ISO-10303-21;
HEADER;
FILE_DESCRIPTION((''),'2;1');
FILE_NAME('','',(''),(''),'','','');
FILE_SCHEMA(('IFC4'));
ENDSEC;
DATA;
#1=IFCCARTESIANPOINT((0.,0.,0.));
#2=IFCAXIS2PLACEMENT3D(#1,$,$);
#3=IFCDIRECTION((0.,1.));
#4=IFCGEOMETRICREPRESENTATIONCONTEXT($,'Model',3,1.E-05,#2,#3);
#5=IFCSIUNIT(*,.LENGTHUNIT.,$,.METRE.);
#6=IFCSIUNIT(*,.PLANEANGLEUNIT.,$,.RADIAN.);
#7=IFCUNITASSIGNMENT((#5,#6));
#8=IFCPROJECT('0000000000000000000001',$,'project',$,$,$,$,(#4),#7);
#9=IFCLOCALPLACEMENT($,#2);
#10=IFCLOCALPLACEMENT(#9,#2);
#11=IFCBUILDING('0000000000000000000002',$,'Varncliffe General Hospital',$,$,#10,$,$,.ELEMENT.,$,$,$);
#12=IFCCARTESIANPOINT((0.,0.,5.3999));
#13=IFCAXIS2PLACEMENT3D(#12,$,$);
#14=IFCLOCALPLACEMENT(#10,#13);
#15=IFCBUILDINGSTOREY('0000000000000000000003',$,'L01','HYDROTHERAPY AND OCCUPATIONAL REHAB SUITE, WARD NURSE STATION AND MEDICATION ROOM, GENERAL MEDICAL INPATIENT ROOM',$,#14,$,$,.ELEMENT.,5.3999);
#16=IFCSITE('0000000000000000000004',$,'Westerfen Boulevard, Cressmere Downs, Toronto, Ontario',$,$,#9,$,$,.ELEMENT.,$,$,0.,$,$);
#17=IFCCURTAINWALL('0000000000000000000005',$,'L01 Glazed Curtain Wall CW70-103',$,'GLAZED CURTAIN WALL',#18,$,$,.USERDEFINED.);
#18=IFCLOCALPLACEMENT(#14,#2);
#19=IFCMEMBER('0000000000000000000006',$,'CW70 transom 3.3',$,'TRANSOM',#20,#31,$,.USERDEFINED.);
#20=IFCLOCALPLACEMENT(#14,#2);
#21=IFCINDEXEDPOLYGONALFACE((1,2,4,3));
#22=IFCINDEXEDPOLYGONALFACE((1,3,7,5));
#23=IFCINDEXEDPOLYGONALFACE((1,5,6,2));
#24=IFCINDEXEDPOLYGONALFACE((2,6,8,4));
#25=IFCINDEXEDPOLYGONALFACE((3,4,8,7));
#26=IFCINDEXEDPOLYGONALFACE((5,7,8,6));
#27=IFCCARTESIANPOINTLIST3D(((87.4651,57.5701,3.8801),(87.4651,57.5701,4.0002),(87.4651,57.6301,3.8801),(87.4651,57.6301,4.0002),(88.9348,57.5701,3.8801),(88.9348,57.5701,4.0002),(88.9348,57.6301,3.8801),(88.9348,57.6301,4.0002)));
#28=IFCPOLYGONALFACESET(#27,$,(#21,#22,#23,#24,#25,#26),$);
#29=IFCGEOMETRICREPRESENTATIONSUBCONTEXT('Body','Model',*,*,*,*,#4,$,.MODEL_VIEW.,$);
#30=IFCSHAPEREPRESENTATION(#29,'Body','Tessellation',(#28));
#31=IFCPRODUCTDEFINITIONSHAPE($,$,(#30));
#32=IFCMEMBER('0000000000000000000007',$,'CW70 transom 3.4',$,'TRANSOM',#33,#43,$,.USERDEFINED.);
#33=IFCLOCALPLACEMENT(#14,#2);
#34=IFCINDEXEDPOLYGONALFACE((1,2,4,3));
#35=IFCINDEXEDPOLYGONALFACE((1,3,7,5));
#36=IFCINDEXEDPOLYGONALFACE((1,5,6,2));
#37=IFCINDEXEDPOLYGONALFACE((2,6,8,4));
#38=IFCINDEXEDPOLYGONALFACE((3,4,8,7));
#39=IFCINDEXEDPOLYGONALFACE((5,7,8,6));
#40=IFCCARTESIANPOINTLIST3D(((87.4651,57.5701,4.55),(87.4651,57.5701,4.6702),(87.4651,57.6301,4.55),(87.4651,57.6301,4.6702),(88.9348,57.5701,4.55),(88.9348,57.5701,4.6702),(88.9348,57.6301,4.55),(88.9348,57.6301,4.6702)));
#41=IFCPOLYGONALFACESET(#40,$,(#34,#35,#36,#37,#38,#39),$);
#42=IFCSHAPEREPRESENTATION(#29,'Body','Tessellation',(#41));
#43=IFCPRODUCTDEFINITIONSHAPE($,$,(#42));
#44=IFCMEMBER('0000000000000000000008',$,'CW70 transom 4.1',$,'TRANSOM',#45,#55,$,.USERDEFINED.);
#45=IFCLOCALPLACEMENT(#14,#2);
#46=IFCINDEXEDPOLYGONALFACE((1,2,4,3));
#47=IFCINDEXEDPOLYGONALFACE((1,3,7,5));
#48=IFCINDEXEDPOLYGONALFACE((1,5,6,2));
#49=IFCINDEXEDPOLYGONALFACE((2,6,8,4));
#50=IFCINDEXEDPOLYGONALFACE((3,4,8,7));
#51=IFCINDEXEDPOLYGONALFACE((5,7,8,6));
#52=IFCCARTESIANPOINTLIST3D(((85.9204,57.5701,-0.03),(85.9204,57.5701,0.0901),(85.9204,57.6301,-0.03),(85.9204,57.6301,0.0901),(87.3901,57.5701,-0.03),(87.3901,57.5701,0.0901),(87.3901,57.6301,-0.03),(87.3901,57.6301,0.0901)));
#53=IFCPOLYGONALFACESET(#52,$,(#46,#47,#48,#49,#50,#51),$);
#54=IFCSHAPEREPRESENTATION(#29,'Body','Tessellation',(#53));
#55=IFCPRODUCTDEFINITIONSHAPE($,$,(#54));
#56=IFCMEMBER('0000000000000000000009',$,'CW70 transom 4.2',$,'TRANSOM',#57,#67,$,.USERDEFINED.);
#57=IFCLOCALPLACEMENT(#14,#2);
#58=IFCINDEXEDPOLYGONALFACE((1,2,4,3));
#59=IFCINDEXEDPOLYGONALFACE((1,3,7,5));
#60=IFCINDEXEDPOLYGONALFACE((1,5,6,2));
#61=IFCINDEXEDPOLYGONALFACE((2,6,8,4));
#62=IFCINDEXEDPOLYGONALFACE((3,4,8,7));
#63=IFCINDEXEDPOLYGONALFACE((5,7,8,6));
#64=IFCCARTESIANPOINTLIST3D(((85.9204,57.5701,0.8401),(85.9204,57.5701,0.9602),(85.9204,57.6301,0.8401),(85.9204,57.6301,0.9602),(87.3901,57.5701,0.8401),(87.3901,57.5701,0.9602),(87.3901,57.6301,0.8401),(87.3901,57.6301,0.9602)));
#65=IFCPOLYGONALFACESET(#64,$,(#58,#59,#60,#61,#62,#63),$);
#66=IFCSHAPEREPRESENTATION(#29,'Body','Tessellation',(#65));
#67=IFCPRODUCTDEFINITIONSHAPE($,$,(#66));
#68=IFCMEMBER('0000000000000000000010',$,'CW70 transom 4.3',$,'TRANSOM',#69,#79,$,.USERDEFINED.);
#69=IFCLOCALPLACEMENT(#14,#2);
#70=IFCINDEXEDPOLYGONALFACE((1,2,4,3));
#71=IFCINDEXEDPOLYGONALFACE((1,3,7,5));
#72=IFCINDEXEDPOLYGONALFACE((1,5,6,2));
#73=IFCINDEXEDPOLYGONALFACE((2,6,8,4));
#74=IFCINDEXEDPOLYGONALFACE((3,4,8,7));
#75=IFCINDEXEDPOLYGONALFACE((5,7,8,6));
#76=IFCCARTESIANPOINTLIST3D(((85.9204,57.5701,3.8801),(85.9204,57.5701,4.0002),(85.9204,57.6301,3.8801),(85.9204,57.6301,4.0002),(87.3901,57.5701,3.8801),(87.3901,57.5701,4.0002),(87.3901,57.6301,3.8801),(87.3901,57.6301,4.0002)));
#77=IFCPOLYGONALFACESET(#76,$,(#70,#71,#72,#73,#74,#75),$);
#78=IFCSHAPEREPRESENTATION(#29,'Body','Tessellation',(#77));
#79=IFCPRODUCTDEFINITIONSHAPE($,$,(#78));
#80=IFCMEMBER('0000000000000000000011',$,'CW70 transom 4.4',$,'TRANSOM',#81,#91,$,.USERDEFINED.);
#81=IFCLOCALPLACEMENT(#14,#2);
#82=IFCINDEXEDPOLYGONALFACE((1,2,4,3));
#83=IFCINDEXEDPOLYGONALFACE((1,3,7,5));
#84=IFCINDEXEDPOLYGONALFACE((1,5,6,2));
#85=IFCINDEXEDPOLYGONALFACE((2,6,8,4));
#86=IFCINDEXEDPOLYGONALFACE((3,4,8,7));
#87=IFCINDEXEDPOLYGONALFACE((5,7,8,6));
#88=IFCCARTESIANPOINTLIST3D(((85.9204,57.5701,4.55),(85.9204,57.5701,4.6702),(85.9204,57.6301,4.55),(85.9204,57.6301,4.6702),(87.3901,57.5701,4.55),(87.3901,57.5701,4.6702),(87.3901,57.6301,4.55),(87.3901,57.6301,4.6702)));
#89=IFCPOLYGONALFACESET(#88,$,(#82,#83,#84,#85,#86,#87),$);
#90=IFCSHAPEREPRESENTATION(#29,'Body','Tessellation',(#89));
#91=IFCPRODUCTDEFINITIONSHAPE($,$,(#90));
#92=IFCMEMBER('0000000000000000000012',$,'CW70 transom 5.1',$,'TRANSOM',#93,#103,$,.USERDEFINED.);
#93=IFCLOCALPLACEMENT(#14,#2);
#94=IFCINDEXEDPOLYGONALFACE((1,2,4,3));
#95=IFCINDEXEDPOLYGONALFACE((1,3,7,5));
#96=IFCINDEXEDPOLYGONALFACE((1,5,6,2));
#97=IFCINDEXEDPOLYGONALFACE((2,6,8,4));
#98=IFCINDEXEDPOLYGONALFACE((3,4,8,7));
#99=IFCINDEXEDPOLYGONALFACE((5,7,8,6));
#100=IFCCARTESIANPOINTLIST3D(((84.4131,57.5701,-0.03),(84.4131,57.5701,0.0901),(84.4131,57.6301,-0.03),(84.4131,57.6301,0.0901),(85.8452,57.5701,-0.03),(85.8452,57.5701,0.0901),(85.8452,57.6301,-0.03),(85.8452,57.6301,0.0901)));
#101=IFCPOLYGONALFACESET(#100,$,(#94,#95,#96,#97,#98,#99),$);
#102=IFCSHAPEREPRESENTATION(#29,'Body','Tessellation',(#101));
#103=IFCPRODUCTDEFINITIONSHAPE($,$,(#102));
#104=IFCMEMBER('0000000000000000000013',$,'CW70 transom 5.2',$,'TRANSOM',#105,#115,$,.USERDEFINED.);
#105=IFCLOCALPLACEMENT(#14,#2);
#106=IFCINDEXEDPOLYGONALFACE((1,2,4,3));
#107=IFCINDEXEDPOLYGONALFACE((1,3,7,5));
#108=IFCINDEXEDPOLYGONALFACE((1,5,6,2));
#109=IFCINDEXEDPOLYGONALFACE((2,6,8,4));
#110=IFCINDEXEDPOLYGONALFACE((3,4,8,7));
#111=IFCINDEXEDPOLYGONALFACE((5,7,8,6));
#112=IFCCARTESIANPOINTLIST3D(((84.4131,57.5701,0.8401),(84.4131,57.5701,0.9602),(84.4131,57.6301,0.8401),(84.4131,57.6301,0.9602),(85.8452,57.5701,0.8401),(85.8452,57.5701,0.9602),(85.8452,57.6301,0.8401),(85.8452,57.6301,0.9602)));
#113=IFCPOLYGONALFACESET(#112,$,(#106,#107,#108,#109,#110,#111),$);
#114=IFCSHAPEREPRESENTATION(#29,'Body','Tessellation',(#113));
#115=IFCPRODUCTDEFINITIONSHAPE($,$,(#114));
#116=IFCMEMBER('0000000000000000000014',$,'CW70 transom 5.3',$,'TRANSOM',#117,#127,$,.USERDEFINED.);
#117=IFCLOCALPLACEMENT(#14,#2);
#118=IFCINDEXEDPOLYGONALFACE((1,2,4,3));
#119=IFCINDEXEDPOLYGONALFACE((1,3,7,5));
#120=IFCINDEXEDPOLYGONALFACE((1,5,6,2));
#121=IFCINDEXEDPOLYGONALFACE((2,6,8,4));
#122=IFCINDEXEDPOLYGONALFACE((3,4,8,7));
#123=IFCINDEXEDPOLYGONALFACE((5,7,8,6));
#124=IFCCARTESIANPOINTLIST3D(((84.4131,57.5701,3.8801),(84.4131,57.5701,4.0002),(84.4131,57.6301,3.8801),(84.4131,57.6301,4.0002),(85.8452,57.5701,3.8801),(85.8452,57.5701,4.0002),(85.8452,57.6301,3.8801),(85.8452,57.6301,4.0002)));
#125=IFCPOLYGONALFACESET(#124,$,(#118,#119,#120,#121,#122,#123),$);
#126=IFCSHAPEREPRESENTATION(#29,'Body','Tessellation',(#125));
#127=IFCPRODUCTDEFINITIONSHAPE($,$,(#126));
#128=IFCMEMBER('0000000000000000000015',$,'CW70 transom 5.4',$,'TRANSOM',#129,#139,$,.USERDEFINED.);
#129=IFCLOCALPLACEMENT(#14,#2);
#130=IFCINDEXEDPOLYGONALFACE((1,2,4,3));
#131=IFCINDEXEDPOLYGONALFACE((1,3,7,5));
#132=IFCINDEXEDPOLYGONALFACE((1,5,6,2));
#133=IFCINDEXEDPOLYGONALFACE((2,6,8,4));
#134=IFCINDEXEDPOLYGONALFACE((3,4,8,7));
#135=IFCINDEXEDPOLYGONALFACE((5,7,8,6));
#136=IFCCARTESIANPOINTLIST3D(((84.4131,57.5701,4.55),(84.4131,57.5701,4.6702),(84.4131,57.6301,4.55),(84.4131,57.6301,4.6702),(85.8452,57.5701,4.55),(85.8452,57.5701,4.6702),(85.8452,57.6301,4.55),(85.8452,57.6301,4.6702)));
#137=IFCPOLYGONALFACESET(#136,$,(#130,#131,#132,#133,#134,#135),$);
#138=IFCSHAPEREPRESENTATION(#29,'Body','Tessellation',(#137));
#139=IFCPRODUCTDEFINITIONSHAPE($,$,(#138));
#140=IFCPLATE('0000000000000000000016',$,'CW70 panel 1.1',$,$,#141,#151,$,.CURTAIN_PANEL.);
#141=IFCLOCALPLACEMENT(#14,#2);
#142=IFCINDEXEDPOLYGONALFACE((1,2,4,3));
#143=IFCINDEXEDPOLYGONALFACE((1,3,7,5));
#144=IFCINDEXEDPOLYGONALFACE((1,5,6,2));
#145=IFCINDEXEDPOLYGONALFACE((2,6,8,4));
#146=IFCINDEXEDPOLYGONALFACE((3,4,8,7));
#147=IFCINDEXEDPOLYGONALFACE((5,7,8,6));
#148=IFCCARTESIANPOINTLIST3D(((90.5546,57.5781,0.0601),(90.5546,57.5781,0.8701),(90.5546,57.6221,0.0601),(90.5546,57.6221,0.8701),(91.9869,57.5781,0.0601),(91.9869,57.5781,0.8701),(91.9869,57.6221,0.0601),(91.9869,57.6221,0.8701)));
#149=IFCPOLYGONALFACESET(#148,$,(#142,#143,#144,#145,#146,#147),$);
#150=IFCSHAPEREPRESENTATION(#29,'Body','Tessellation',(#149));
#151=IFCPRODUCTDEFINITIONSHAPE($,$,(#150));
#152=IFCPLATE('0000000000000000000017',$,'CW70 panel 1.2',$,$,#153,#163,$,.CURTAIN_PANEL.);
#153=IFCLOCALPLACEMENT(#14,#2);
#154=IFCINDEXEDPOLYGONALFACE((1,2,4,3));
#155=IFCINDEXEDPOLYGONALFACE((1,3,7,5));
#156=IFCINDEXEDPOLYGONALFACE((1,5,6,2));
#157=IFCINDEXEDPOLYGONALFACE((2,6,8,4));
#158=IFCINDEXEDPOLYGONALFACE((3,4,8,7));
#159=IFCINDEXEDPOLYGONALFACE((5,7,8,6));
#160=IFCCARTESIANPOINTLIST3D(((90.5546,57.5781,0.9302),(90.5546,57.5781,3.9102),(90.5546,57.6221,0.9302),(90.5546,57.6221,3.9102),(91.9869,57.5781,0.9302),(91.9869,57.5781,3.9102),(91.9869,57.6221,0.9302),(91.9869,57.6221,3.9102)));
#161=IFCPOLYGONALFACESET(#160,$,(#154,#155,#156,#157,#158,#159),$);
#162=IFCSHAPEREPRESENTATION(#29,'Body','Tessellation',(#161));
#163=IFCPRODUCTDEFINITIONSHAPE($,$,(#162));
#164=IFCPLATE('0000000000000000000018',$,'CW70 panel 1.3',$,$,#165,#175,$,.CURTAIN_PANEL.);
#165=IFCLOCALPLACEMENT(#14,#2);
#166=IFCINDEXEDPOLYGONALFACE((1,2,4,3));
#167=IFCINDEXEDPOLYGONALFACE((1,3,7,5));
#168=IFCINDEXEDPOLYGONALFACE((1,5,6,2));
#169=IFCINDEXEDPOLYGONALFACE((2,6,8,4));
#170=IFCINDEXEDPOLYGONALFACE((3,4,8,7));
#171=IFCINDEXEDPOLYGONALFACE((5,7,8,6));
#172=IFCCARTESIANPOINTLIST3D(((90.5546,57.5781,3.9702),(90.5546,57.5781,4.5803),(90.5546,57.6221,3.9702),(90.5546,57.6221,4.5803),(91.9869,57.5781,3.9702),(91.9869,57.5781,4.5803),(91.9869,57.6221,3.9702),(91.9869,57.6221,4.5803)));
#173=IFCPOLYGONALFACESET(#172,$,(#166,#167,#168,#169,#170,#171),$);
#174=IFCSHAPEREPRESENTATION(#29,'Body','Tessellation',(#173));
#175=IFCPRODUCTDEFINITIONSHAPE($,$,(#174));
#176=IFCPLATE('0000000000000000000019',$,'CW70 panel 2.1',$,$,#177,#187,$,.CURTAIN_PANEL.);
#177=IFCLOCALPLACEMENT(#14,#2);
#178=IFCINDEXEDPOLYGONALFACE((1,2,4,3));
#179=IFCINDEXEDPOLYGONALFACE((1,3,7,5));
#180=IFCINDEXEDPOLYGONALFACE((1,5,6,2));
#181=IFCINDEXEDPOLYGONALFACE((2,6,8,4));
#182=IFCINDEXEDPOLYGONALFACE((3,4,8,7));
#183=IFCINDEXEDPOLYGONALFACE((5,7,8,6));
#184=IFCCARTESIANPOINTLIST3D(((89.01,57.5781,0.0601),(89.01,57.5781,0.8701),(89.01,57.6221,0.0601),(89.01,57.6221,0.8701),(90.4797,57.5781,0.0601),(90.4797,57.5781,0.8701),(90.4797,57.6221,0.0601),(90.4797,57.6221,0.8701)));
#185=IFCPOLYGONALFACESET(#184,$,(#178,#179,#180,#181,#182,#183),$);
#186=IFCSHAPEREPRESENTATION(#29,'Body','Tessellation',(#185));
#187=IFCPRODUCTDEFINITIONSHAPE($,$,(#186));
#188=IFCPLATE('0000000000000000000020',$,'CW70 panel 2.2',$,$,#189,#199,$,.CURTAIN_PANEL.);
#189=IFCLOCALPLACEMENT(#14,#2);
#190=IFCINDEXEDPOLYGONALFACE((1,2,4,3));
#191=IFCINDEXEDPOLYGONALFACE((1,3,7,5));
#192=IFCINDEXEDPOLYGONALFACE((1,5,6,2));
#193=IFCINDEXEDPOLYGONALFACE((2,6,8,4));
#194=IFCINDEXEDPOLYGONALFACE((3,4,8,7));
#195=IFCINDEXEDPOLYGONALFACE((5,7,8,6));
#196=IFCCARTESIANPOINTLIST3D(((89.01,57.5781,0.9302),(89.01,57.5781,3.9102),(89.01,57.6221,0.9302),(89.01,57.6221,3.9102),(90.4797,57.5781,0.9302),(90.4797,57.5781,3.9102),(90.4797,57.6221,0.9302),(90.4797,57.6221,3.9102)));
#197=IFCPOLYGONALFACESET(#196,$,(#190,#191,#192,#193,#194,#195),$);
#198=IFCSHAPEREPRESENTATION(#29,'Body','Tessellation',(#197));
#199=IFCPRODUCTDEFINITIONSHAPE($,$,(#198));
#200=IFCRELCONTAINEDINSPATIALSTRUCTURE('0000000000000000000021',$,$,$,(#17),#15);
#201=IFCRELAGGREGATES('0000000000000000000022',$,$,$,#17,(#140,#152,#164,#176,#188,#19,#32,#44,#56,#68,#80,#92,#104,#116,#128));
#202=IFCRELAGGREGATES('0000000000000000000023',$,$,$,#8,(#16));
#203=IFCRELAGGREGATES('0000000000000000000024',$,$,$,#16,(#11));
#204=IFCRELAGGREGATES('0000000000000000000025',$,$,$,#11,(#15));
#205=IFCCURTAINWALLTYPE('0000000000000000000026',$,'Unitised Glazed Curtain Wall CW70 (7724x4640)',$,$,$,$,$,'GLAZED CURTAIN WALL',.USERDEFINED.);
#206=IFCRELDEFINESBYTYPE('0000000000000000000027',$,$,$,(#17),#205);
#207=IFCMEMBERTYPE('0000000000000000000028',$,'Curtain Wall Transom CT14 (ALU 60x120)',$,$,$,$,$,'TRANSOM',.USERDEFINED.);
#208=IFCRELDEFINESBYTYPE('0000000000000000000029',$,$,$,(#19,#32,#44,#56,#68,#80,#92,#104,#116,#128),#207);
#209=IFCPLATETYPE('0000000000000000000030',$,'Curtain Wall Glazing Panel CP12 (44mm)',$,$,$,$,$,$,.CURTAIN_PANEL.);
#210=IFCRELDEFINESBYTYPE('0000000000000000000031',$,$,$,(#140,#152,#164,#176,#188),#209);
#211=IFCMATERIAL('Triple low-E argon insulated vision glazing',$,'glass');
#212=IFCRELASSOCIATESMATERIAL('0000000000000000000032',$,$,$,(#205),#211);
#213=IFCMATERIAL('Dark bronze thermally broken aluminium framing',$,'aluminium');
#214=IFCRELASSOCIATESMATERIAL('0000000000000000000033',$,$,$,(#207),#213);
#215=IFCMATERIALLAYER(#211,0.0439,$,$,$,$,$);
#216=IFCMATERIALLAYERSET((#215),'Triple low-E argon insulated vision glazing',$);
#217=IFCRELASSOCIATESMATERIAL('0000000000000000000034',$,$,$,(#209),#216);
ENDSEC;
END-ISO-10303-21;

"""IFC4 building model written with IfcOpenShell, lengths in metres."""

from ifc_helpers import new_model, si_unit, direction, frame, origin, origin_2d, place, context, subcontext, project, spatial, rectangle, extrude, material, layer, layer_set, material_profile, profile_set, type_object, element, aggregate, save


model = new_model("IFC4")

# Units and contexts
model_context = context("Model", 3, precision=1e-05, world=origin(), true_north=direction((0.0, 1.0)))
body_context = subcontext(model_context, "Body", "Model", "MODEL_VIEW")
ifc_project = project(units=[si_unit("LENGTHUNIT", "METRE"), si_unit("PLANEANGLEUNIT", "RADIAN")], contexts=[model_context])

# Site, building, storey
site_placement = place(None, origin())
site = spatial("IfcSite", under=ifc_project, at=site_placement, Name="Westerfen Boulevard, Cressmere Downs, Toronto, Ontario", CompositionType="ELEMENT", RefElevation=0.0)
building_placement = place(site_placement, origin())
building = spatial("IfcBuilding", under=site, at=building_placement, Name="Varncliffe General Hospital", CompositionType="ELEMENT")
storey_placement = place(building_placement, frame((0.0, 0.0, 5.3999)))
storey = spatial("IfcBuildingStorey", under=building, at=storey_placement, Name="L01", Description="HYDROTHERAPY AND OCCUPATIONAL REHAB SUITE, WARD NURSE STATION AND MEDICATION ROOM, GENERAL MEDICAL INPATIENT ROOM", CompositionType="ELEMENT", Elevation=5.3999)

# Curtain wall
ifc_material_1 = material(Name="Triple low-E argon insulated vision glazing", Category="glass")
curtain_wall_type_1 = type_object("IfcCurtainWallType", Name="Unitised Glazed Curtain Wall CW70 (7724x4640)", ElementType="GLAZED CURTAIN WALL", PredefinedType="USERDEFINED", material=ifc_material_1)
curtain_wall_1_placement = place(storey_placement, origin())
curtain_wall_1 = element("IfcCurtainWall", 1, at=curtain_wall_1_placement, inside=storey, type_object=curtain_wall_type_1, Name="L01 Glazed Curtain Wall CW70-103", ObjectType="GLAZED CURTAIN WALL", PredefinedType="USERDEFINED")
ifc_material_2 = material(Name="Dark bronze thermally broken aluminium framing", Category="aluminium")

# Members
ifc_material_profile_1 = material_profile(ifc_material_2, rectangle(XDim=0.0601, YDim=0.1201, at=origin_2d()), Name="ALU 60x120")
ifc_profile_set_1 = profile_set([ifc_material_profile_1], Name="Dark bronze thermally broken aluminium framing")
member_type_1 = type_object("IfcMemberType", Name="Curtain Wall Transom CT14 (ALU 60x120)", ElementType="TRANSOM", PredefinedType="USERDEFINED", material=ifc_profile_set_1)
member_1_placement = place(storey_placement, frame((88.9348, 57.6001, 3.9402), z_axis=(-1.0, 0.0, 0.0), x_axis=(0.0, -1.0, 0.0)))
member_1 = element("IfcMember", 2, at=member_1_placement, type_object=member_type_1, Name="CW70 transom 3.3", ObjectType="TRANSOM", PredefinedType="USERDEFINED", context=body_context, shape_type="SweptSolid", body=[
    extrude(rectangle(XDim=0.0601, YDim=0.1201, at=origin_2d()), origin(), (0.0, 0.0, 1.0), 1.4697),
])
member_2_placement = place(storey_placement, frame((88.9348, 57.6001, 4.6101), z_axis=(-1.0, 0.0, 0.0), x_axis=(0.0, -1.0, 0.0)))
member_2 = element("IfcMember", 3, at=member_2_placement, type_object=member_type_1, Name="CW70 transom 3.4", ObjectType="TRANSOM", PredefinedType="USERDEFINED", context=body_context, shape_type="SweptSolid", body=[
    extrude(rectangle(XDim=0.0601, YDim=0.1201, at=origin_2d()), origin(), (0.0, 0.0, 1.0), 1.4697),
])
member_3_placement = place(storey_placement, frame((87.3901, 57.6001, 0.03), z_axis=(-1.0, 0.0, 0.0), x_axis=(0.0, -1.0, 0.0)))
member_3 = element("IfcMember", 4, at=member_3_placement, type_object=member_type_1, Name="CW70 transom 4.1", ObjectType="TRANSOM", PredefinedType="USERDEFINED", context=body_context, shape_type="SweptSolid", body=[
    extrude(rectangle(XDim=0.0601, YDim=0.1201, at=origin_2d()), origin(), (0.0, 0.0, 1.0), 1.4697),
])
member_4_placement = place(storey_placement, frame((87.3901, 57.6001, 0.9001), z_axis=(-1.0, 0.0, 0.0), x_axis=(0.0, -1.0, 0.0)))
member_4 = element("IfcMember", 5, at=member_4_placement, type_object=member_type_1, Name="CW70 transom 4.2", ObjectType="TRANSOM", PredefinedType="USERDEFINED", context=body_context, shape_type="SweptSolid", body=[
    extrude(rectangle(XDim=0.0601, YDim=0.1201, at=origin_2d()), origin(), (0.0, 0.0, 1.0), 1.4697),
])
member_5_placement = place(storey_placement, frame((87.3901, 57.6001, 3.9402), z_axis=(-1.0, 0.0, 0.0), x_axis=(0.0, -1.0, 0.0)))
member_5 = element("IfcMember", 6, at=member_5_placement, type_object=member_type_1, Name="CW70 transom 4.3", ObjectType="TRANSOM", PredefinedType="USERDEFINED", context=body_context, shape_type="SweptSolid", body=[
    extrude(rectangle(XDim=0.0601, YDim=0.1201, at=origin_2d()), origin(), (0.0, 0.0, 1.0), 1.4697),
])
member_6_placement = place(storey_placement, frame((87.3901, 57.6001, 4.6101), z_axis=(-1.0, 0.0, 0.0), x_axis=(0.0, -1.0, 0.0)))
member_6 = element("IfcMember", 7, at=member_6_placement, type_object=member_type_1, Name="CW70 transom 4.4", ObjectType="TRANSOM", PredefinedType="USERDEFINED", context=body_context, shape_type="SweptSolid", body=[
    extrude(rectangle(XDim=0.0601, YDim=0.1201, at=origin_2d()), origin(), (0.0, 0.0, 1.0), 1.4697),
])
member_7_placement = place(storey_placement, frame((85.8452, 57.6001, 0.03), z_axis=(-1.0, 0.0, 0.0), x_axis=(0.0, -1.0, 0.0)))
member_7 = element("IfcMember", 8, at=member_7_placement, type_object=member_type_1, Name="CW70 transom 5.1", ObjectType="TRANSOM", PredefinedType="USERDEFINED", context=body_context, shape_type="SweptSolid", body=[
    extrude(rectangle(XDim=0.0601, YDim=0.1201, at=origin_2d()), origin(), (0.0, 0.0, 1.0), 1.4321),
])
member_8_placement = place(storey_placement, frame((85.8452, 57.6001, 0.9001), z_axis=(-1.0, 0.0, 0.0), x_axis=(0.0, -1.0, 0.0)))
member_8 = element("IfcMember", 9, at=member_8_placement, type_object=member_type_1, Name="CW70 transom 5.2", ObjectType="TRANSOM", PredefinedType="USERDEFINED", context=body_context, shape_type="SweptSolid", body=[
    extrude(rectangle(XDim=0.0601, YDim=0.1201, at=origin_2d()), origin(), (0.0, 0.0, 1.0), 1.4321),
])
member_9_placement = place(storey_placement, frame((85.8452, 57.6001, 3.9402), z_axis=(-1.0, 0.0, 0.0), x_axis=(0.0, -1.0, 0.0)))
member_9 = element("IfcMember", 10, at=member_9_placement, type_object=member_type_1, Name="CW70 transom 5.3", ObjectType="TRANSOM", PredefinedType="USERDEFINED", context=body_context, shape_type="SweptSolid", body=[
    extrude(rectangle(XDim=0.0601, YDim=0.1201, at=origin_2d()), origin(), (0.0, 0.0, 1.0), 1.4321),
])
member_10_placement = place(storey_placement, frame((85.8452, 57.6001, 4.6101), z_axis=(-1.0, 0.0, 0.0), x_axis=(0.0, -1.0, 0.0)))
member_10 = element("IfcMember", 11, at=member_10_placement, type_object=member_type_1, Name="CW70 transom 5.4", ObjectType="TRANSOM", PredefinedType="USERDEFINED", context=body_context, shape_type="SweptSolid", body=[
    extrude(rectangle(XDim=0.0601, YDim=0.1201, at=origin_2d()), origin(), (0.0, 0.0, 1.0), 1.4321),
])

# Plates
ifc_layer_1 = layer(ifc_material_1, 0.0439)
ifc_layer_set_1 = layer_set([ifc_layer_1], Name="Triple low-E argon insulated vision glazing")
plate_type_1 = type_object("IfcPlateType", Name="Curtain Wall Glazing Panel CP12 (44mm)", PredefinedType="CURTAIN_PANEL", material=ifc_layer_set_1)
plate_1_placement = place(storey_placement, frame((91.2708, 57.6001, 0.0601), z_axis=(0.0, 0.0, 1.0), x_axis=(-1.0, 0.0, 0.0)))
plate_1 = element("IfcPlate", 12, at=plate_1_placement, type_object=plate_type_1, Name="CW70 panel 1.1", PredefinedType="CURTAIN_PANEL", context=body_context, shape_type="SweptSolid", body=[
    extrude(rectangle(XDim=1.4324, YDim=0.0439, at=origin_2d()), origin(), (0.0, 0.0, 1.0), 0.8101),
])
plate_2_placement = place(storey_placement, frame((91.2708, 57.6001, 0.9302), z_axis=(0.0, 0.0, 1.0), x_axis=(-1.0, 0.0, 0.0)))
plate_2 = element("IfcPlate", 13, at=plate_2_placement, type_object=plate_type_1, Name="CW70 panel 1.2", PredefinedType="CURTAIN_PANEL", context=body_context, shape_type="SweptSolid", body=[
    extrude(rectangle(XDim=1.4324, YDim=0.0439, at=origin_2d()), origin(), (0.0, 0.0, 1.0), 2.98),
])
plate_3_placement = place(storey_placement, frame((91.2708, 57.6001, 3.9702), z_axis=(0.0, 0.0, 1.0), x_axis=(-1.0, 0.0, 0.0)))
plate_3 = element("IfcPlate", 14, at=plate_3_placement, type_object=plate_type_1, Name="CW70 panel 1.3", PredefinedType="CURTAIN_PANEL", context=body_context, shape_type="SweptSolid", body=[
    extrude(rectangle(XDim=1.4324, YDim=0.0439, at=origin_2d()), origin(), (0.0, 0.0, 1.0), 0.6101),
])
plate_4_placement = place(storey_placement, frame((89.7449, 57.6001, 0.0601), z_axis=(0.0, 0.0, 1.0), x_axis=(-1.0, 0.0, 0.0)))
plate_4 = element("IfcPlate", 15, at=plate_4_placement, type_object=plate_type_1, Name="CW70 panel 2.1", PredefinedType="CURTAIN_PANEL", context=body_context, shape_type="SweptSolid", body=[
    extrude(rectangle(XDim=1.4697, YDim=0.0439, at=origin_2d()), origin(), (0.0, 0.0, 1.0), 0.8101),
])
plate_5_placement = place(storey_placement, frame((89.7449, 57.6001, 0.9302), z_axis=(0.0, 0.0, 1.0), x_axis=(-1.0, 0.0, 0.0)))
plate_5 = element("IfcPlate", 16, at=plate_5_placement, type_object=plate_type_1, Name="CW70 panel 2.2", PredefinedType="CURTAIN_PANEL", context=body_context, shape_type="SweptSolid", body=[
    extrude(rectangle(XDim=1.4697, YDim=0.0439, at=origin_2d()), origin(), (0.0, 0.0, 1.0), 2.98),
])
aggregate(curtain_wall_1, [plate_1, plate_2, plate_3, plate_4, plate_5, member_1, member_2, member_3, member_4, member_5, member_6, member_7, member_8, member_9, member_10])

save(model, "model.ifc")
